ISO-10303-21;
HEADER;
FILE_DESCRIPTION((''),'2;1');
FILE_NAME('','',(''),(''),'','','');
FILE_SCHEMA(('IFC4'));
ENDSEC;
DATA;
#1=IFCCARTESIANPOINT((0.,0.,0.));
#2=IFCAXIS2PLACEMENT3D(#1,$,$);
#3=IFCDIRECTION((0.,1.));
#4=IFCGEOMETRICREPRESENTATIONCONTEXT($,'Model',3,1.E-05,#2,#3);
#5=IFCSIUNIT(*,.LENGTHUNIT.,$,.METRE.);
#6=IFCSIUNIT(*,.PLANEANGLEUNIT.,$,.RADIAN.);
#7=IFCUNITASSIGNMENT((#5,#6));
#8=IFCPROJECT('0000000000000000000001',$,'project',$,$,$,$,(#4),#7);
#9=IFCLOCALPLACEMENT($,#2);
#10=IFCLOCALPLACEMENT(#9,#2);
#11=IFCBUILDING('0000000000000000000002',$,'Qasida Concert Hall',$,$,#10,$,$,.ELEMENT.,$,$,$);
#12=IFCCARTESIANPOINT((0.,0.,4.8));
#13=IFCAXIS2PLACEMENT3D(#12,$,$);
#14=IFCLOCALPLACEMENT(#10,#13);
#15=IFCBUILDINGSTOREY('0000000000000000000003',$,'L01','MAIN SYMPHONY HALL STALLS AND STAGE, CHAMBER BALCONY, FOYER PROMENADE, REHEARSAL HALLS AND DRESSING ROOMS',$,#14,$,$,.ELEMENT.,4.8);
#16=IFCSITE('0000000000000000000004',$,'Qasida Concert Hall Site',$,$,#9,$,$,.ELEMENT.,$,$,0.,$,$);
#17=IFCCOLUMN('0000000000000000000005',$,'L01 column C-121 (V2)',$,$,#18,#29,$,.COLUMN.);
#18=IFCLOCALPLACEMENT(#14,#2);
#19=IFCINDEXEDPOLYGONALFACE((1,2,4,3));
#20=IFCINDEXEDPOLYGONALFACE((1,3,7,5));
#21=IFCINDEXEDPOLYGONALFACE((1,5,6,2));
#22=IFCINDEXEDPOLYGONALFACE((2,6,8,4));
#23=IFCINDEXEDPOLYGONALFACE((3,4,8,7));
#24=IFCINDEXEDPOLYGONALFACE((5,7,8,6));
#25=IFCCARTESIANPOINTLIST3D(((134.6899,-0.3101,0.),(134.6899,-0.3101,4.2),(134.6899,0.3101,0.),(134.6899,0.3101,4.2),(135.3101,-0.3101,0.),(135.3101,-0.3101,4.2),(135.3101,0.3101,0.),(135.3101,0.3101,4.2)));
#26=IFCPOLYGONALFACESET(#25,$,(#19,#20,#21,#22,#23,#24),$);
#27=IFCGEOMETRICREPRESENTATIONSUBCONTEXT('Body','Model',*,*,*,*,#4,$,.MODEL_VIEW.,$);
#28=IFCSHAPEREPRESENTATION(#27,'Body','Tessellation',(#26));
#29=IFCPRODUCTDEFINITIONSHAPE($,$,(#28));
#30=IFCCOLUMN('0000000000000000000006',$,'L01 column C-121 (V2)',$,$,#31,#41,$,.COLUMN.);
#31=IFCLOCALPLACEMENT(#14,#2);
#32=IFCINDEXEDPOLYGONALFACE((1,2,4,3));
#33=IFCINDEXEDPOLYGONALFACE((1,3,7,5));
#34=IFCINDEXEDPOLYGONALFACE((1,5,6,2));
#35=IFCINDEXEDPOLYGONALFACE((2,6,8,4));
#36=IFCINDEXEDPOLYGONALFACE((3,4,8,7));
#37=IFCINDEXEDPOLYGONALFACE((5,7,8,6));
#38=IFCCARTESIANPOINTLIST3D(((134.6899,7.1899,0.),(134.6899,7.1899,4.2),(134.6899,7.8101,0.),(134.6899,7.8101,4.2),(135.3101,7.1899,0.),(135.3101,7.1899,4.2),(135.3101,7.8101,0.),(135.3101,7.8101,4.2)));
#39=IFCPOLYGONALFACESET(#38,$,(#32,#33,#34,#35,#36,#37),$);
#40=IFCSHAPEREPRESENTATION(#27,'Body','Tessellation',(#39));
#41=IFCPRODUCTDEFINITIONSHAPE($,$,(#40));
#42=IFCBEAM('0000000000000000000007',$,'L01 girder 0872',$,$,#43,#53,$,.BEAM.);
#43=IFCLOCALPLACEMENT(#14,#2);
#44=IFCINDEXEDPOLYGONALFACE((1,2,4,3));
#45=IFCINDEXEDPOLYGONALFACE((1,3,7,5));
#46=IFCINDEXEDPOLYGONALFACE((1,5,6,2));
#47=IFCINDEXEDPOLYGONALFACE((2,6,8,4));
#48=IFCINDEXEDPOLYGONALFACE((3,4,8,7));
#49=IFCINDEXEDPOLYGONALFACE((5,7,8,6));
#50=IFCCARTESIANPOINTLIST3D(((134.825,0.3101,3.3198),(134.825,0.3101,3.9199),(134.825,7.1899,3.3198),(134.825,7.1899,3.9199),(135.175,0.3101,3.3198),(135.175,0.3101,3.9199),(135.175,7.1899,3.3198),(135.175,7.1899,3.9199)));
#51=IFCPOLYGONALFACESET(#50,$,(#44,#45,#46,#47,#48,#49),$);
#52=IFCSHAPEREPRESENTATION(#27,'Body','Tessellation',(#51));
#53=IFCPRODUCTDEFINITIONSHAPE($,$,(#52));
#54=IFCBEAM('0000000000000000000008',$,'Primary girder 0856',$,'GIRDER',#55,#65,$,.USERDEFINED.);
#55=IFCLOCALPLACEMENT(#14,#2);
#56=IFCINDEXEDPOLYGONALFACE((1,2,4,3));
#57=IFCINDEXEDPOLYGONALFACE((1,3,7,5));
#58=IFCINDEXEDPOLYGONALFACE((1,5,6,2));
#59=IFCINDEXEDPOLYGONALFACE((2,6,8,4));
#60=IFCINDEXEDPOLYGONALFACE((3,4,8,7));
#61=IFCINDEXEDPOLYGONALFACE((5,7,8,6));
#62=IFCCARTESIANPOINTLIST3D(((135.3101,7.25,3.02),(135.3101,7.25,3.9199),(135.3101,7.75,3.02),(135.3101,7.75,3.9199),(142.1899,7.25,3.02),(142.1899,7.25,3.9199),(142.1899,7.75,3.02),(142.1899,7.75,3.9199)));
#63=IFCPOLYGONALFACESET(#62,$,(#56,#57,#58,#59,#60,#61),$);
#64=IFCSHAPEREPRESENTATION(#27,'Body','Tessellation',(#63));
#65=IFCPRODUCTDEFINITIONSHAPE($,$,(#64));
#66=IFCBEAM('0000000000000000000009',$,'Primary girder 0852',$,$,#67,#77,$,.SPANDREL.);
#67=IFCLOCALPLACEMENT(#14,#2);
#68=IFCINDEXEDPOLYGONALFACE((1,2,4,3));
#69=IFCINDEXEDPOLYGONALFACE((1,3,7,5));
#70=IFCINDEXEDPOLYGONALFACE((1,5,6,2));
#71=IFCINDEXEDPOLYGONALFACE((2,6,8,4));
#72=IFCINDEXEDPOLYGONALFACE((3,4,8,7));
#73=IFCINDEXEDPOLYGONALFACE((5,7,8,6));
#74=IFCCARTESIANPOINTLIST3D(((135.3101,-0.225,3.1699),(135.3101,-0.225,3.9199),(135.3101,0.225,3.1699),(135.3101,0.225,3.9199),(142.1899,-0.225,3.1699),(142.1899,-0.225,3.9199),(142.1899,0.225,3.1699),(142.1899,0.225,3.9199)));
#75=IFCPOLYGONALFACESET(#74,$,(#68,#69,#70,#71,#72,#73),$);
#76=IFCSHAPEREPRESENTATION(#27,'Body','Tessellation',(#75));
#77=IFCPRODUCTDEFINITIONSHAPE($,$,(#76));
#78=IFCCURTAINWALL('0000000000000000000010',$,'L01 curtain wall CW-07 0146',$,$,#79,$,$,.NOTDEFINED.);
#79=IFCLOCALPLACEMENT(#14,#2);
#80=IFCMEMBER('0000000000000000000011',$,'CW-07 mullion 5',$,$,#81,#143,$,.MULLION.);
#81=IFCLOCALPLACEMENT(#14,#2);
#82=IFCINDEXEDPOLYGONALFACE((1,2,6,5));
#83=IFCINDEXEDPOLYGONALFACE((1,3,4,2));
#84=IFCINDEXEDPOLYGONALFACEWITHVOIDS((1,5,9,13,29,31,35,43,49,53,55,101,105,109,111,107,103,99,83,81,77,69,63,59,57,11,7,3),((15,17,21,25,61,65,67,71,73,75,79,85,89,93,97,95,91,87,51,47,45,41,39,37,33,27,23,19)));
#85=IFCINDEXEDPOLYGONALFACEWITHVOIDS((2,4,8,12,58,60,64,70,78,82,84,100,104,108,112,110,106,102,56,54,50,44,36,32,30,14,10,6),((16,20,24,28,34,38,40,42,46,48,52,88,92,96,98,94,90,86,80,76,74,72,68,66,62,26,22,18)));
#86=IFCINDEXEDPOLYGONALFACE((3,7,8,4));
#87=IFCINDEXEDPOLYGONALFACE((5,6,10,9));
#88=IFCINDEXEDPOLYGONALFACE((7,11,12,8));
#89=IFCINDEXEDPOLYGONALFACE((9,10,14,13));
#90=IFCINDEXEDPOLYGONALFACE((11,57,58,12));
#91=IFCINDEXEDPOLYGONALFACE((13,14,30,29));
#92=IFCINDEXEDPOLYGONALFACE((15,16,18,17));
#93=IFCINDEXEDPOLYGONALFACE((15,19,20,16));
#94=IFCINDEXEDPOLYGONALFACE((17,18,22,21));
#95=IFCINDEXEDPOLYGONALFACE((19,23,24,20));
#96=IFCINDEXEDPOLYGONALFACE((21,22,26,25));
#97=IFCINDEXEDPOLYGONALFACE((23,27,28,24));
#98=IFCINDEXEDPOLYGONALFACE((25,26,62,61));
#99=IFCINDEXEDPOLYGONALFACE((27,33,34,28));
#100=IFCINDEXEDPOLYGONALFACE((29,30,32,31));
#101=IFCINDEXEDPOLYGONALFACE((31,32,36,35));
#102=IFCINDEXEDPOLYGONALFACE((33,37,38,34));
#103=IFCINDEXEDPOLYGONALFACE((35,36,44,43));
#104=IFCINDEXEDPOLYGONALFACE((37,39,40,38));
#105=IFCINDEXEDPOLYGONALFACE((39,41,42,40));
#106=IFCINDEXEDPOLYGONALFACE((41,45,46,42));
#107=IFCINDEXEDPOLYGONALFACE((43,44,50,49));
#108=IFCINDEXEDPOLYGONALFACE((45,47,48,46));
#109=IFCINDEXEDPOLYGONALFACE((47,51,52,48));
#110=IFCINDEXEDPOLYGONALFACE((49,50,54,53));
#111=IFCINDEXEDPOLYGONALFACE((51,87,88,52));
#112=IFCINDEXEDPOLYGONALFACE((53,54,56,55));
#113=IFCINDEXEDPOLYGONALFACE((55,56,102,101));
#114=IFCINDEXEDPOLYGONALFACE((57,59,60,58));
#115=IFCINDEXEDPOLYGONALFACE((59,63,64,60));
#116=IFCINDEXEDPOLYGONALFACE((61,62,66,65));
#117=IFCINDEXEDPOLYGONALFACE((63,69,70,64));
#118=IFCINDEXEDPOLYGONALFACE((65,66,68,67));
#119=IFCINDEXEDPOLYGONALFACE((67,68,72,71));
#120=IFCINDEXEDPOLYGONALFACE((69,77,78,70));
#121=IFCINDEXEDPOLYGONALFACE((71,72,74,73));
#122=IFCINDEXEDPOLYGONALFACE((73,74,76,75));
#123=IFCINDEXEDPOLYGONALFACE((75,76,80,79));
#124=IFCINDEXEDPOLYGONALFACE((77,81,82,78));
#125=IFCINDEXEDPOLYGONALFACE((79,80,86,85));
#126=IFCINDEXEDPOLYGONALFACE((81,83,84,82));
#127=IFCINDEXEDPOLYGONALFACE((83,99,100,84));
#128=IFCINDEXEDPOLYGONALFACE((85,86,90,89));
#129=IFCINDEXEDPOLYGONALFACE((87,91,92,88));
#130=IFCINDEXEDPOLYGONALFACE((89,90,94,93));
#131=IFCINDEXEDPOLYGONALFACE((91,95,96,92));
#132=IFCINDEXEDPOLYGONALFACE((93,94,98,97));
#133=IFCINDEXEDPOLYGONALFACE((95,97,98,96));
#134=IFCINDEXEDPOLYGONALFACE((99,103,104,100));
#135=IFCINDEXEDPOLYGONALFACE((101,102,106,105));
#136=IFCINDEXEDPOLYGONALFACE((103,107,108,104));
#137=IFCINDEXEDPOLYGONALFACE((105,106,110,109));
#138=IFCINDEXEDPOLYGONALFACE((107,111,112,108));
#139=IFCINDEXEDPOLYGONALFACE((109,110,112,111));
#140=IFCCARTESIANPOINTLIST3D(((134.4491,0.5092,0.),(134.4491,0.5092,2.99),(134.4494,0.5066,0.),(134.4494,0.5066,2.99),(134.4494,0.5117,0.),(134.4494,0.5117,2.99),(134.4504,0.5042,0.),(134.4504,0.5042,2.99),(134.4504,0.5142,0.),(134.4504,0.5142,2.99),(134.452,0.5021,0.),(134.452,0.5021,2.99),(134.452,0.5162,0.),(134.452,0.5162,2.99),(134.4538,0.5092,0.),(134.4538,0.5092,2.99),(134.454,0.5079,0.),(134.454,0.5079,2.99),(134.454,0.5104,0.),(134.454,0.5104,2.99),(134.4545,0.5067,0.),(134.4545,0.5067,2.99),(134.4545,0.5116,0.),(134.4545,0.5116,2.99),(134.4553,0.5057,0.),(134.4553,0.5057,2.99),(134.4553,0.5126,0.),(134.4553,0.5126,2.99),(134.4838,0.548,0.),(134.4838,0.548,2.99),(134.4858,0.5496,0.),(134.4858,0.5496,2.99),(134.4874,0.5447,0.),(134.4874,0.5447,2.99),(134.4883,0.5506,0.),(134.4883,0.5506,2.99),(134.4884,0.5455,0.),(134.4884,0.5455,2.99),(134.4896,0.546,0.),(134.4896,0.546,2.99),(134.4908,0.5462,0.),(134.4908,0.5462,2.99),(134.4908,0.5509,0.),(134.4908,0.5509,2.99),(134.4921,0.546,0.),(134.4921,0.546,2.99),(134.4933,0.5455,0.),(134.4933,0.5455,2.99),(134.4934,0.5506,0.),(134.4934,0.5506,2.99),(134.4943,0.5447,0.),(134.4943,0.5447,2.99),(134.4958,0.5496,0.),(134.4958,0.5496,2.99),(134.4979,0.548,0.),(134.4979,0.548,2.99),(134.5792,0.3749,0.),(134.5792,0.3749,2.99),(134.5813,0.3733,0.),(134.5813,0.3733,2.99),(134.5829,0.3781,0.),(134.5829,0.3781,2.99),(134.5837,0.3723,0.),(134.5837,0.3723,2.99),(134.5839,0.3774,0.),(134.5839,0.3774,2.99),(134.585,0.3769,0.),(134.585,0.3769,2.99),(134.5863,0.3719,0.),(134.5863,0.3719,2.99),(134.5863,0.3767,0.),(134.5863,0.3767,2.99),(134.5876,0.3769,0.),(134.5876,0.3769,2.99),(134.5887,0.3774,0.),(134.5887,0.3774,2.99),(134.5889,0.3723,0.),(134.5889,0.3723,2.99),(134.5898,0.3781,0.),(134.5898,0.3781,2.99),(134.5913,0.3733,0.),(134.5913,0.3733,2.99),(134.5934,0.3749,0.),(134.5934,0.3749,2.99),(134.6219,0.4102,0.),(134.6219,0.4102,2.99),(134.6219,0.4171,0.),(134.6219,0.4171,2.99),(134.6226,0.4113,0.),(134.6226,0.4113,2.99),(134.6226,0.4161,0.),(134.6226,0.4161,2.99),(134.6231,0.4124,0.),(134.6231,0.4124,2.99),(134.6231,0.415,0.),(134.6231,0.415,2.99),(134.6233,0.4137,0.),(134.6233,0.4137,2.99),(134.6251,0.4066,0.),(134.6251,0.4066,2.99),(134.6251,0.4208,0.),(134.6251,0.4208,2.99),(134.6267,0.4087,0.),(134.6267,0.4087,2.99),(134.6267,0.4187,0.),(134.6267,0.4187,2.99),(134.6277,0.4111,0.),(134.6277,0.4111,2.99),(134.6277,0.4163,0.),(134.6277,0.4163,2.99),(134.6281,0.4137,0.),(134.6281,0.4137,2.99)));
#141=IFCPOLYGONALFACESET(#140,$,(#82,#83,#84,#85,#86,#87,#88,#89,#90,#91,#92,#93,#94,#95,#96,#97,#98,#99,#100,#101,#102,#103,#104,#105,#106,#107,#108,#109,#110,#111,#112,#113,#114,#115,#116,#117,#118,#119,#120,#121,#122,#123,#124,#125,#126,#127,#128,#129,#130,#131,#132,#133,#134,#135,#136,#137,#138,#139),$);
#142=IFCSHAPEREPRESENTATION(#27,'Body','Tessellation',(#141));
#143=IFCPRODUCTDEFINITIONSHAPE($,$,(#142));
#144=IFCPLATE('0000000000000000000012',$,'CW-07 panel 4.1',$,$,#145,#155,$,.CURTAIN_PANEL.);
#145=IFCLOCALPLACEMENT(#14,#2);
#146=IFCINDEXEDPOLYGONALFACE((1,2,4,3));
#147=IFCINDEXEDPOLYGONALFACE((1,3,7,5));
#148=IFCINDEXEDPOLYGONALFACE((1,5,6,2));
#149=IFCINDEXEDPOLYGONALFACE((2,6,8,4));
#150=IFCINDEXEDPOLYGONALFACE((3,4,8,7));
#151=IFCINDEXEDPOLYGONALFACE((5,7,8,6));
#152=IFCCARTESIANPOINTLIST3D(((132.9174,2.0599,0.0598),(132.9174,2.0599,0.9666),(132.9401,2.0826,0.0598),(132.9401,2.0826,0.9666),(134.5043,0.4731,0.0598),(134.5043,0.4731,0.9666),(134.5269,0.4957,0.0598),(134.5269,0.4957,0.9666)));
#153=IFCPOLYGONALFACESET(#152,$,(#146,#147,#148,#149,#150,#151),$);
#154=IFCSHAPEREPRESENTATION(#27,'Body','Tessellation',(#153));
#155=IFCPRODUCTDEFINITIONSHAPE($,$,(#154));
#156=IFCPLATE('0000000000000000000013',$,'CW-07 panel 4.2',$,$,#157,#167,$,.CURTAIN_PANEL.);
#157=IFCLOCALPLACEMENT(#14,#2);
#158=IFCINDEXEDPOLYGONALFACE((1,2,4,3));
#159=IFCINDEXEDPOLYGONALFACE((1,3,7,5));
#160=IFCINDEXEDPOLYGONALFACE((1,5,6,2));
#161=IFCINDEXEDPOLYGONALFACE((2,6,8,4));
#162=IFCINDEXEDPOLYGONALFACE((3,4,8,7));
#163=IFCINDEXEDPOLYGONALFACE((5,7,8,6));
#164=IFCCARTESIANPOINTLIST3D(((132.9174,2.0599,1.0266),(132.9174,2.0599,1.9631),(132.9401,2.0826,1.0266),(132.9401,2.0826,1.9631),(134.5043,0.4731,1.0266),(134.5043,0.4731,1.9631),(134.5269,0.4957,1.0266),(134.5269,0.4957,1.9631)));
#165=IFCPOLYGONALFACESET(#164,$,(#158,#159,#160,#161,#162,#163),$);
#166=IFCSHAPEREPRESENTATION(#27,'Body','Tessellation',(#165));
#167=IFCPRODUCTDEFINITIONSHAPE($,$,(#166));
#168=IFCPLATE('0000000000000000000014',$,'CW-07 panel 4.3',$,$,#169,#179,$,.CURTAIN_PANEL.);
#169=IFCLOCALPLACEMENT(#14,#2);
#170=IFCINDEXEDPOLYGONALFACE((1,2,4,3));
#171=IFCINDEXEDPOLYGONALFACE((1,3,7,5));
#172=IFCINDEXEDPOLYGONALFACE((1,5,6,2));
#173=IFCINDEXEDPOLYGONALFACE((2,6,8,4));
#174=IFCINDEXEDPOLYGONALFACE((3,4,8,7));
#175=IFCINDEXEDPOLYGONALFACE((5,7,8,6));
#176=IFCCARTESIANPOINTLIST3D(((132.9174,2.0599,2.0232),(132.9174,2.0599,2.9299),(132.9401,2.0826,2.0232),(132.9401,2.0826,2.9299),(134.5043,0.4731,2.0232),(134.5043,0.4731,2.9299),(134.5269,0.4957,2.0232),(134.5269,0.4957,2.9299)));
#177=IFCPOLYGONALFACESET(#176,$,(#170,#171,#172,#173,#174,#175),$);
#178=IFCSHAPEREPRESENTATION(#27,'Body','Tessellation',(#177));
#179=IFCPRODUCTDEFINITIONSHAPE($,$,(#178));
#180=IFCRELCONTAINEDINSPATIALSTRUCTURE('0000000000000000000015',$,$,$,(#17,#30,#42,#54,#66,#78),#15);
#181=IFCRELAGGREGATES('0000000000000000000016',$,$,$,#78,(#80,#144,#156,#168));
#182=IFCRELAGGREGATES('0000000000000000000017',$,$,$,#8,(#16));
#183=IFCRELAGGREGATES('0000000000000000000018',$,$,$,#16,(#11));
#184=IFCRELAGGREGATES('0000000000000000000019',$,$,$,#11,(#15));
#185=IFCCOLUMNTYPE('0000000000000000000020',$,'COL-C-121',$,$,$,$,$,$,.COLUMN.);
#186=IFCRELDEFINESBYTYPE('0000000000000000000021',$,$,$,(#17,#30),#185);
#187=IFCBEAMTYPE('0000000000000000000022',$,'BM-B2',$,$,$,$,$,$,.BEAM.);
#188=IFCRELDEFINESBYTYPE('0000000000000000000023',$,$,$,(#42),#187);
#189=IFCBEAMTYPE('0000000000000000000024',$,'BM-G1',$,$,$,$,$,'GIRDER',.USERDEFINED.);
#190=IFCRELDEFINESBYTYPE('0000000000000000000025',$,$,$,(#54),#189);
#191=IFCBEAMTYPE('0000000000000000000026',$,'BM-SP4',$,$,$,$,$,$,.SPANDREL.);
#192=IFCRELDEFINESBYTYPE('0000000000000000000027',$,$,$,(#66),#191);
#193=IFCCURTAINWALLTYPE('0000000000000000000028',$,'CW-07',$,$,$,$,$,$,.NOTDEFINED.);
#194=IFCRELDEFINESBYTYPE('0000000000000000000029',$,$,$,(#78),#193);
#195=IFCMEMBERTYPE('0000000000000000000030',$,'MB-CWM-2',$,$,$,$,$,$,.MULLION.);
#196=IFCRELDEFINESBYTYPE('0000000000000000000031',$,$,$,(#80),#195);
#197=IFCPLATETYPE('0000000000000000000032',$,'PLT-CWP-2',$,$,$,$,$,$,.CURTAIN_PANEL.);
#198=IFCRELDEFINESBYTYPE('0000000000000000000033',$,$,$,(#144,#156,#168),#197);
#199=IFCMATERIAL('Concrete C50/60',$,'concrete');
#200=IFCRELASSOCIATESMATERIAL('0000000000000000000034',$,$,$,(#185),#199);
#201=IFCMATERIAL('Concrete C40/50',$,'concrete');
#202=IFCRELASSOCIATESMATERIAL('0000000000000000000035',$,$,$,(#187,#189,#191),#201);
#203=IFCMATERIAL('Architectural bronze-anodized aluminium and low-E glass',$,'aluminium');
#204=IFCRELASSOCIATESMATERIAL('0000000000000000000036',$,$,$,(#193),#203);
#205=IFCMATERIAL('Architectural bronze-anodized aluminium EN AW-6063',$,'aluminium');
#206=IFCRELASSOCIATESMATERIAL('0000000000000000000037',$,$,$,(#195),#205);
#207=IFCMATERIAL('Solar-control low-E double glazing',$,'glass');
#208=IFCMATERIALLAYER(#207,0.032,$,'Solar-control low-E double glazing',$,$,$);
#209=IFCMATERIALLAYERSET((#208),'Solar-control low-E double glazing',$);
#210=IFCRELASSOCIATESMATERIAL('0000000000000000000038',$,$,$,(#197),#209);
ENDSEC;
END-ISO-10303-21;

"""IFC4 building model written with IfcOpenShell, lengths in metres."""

from ifc_helpers import new_model, si_unit, direction, frame, origin, origin_2d, place, context, subcontext, project, spatial, rectangle, hollow_rectangle, extrude, material, layer, layer_set, material_profile, profile_set, type_object, element, aggregate, save


model = new_model("IFC4")

# Units and contexts
model_context = context("Model", 3, precision=1e-05, world=origin(), true_north=direction((0.0, 1.0)))
body_context = subcontext(model_context, "Body", "Model", "MODEL_VIEW")
ifc_project = project(units=[si_unit("LENGTHUNIT", "METRE"), si_unit("PLANEANGLEUNIT", "RADIAN")], contexts=[model_context])

# Site, building, storey
site_placement = place(None, origin())
site = spatial("IfcSite", under=ifc_project, at=site_placement, Name="Qasida Concert Hall Site", CompositionType="ELEMENT", RefElevation=0.0)
building_placement = place(site_placement, origin())
building = spatial("IfcBuilding", under=site, at=building_placement, Name="Qasida Concert Hall", CompositionType="ELEMENT")
storey_placement = place(building_placement, frame((0.0, 0.0, 4.8)))
storey = spatial("IfcBuildingStorey", under=building, at=storey_placement, Name="L01", Description="MAIN SYMPHONY HALL STALLS AND STAGE, CHAMBER BALCONY, FOYER PROMENADE, REHEARSAL HALLS AND DRESSING ROOMS", CompositionType="ELEMENT", Elevation=4.8)

# Columns
ifc_material_1 = material(Name="Concrete C50/60", Category="concrete")
ifc_material_profile_1 = material_profile(ifc_material_1, rectangle(XDim=0.6201, YDim=0.6201, at=origin_2d()), Name="RC 620x620")
ifc_profile_set_1 = profile_set([ifc_material_profile_1], Name="Concrete C50/60")
column_type = type_object("IfcColumnType", Name="COL-C-121", PredefinedType="COLUMN", material=ifc_profile_set_1)
for number, where, z_axis, x_axis, name in (
    (1, (135.0, 0.0, 0.0), (0.0, 0.0, 1.0), (1.0, 0.0, 0.0), "L01 column C-121 (V2)"),
    (2, (135.0, 7.5, 0.0), (0.0, 0.0, 1.0), (1.0, 0.0, 0.0), "L01 column C-121 (V2)"),
):
    element("IfcColumn", number, at=place(storey_placement, frame(where, z_axis=z_axis, x_axis=x_axis)), inside=storey, type_object=column_type, Name=name, PredefinedType="COLUMN", context=body_context, shape_type="SweptSolid", body=[
        extrude(rectangle(XDim=0.6201, YDim=0.6201, at=origin_2d()), origin(), (0.0, 0.0, 1.0), 4.2),
    ])

# Beams
ifc_material_2 = material(Name="Concrete C40/50", Category="concrete")
ifc_material_profile_2 = material_profile(ifc_material_2, rectangle(XDim=0.3501, YDim=0.6001, at=origin_2d()), Name="RC 350x600")
ifc_profile_set_2 = profile_set([ifc_material_profile_2], Name="Concrete C40/50")
beam_type_1 = type_object("IfcBeamType", Name="BM-B2", PredefinedType="BEAM", material=ifc_profile_set_2)
beam_1_placement = place(storey_placement, frame((135.0, 0.3101, 3.6199), z_axis=(0.0, 1.0, 0.0), x_axis=(-1.0, 0.0, 0.0)))
element("IfcBeam", 3, at=beam_1_placement, inside=storey, type_object=beam_type_1, Name="L01 girder 0872", PredefinedType="BEAM", context=body_context, shape_type="SweptSolid", body=[
    extrude(rectangle(XDim=0.3501, YDim=0.6001, at=origin_2d()), origin(), (0.0, 0.0, 1.0), 6.8799),
])
ifc_material_profile_3 = material_profile(ifc_material_2, rectangle(XDim=0.5, YDim=0.8999, at=origin_2d()), Name="RC 500x900")
ifc_profile_set_3 = profile_set([ifc_material_profile_3], Name="Concrete C40/50")
beam_type_2 = type_object("IfcBeamType", Name="BM-G1", ElementType="GIRDER", PredefinedType="USERDEFINED", material=ifc_profile_set_3)
beam_2_placement = place(storey_placement, frame((135.3101, 7.5, 3.47), z_axis=(1.0, 0.0, 0.0), x_axis=(0.0, 1.0, 0.0)))
element("IfcBeam", 4, at=beam_2_placement, inside=storey, type_object=beam_type_2, Name="Primary girder 0856", ObjectType="GIRDER", PredefinedType="USERDEFINED", context=body_context, shape_type="SweptSolid", body=[
    extrude(rectangle(XDim=0.5, YDim=0.8999, at=origin_2d()), origin(), (0.0, 0.0, 1.0), 6.8799),
])
ifc_material_profile_4 = material_profile(ifc_material_2, rectangle(XDim=0.45, YDim=0.75, at=origin_2d()), Name="RC 450x750")
ifc_profile_set_4 = profile_set([ifc_material_profile_4], Name="Concrete C40/50")
beam_type_3 = type_object("IfcBeamType", Name="BM-SP4", PredefinedType="SPANDREL", material=ifc_profile_set_4)
beam_3_placement = place(storey_placement, frame((135.3101, 0.0, 3.5449), z_axis=(1.0, 0.0, 0.0), x_axis=(0.0, 1.0, 0.0)))
element("IfcBeam", 5, at=beam_3_placement, inside=storey, type_object=beam_type_3, Name="Primary girder 0852", PredefinedType="SPANDREL", context=body_context, shape_type="SweptSolid", body=[
    extrude(rectangle(XDim=0.45, YDim=0.75, at=origin_2d()), origin(), (0.0, 0.0, 1.0), 6.8799),
])

# Curtain wall, member, plates
ifc_material_3 = material(Name="Architectural bronze-anodized aluminium and low-E glass", Category="aluminium")
curtain_wall_type = type_object("IfcCurtainWallType", Name="CW-07", PredefinedType="NOTDEFINED", material=ifc_material_3)
curtain_wall_placement = place(storey_placement, origin())
curtain_wall = element("IfcCurtainWall", 6, at=curtain_wall_placement, inside=storey, type_object=curtain_wall_type, Name="L01 curtain wall CW-07 0146", PredefinedType="NOTDEFINED")
ifc_material_4 = material(Name="Architectural bronze-anodized aluminium EN AW-6063", Category="aluminium")
ifc_material_profile_5 = material_profile(ifc_material_4, hollow_rectangle(XDim=0.0649, YDim=0.2, WallThickness=0.0049, InnerFilletRadius=0.0049, OuterFilletRadius=0.01, at=origin_2d()), Name="CWM 200x65x5")
ifc_profile_set_5 = profile_set([ifc_material_profile_5], Name="Architectural bronze-anodized aluminium EN AW-6063")
member_type = type_object("IfcMemberType", Name="MB-CWM-2", PredefinedType="MULLION", material=ifc_profile_set_5)
member_placement = place(storey_placement, frame((134.5386, 0.4614, 0.0), z_axis=(0.0, 0.0, 1.0), x_axis=(0.707107, 0.707107, 0.0)))
member = element("IfcMember", 7, at=member_placement, type_object=member_type, Name="CW-07 mullion 5", PredefinedType="MULLION", context=body_context, shape_type="SweptSolid", body=[
    extrude(hollow_rectangle(XDim=0.0649, YDim=0.2, WallThickness=0.0049, InnerFilletRadius=0.0049, OuterFilletRadius=0.01, at=origin_2d()), origin(), (0.0, 0.0, 1.0), 2.99),
])
ifc_material_5 = material(Name="Solar-control low-E double glazing", Category="glass")
ifc_layer_1 = layer(ifc_material_5, 0.032, Name="Solar-control low-E double glazing")
ifc_layer_set_1 = layer_set([ifc_layer_1], Name="Solar-control low-E double glazing")
plate_type = type_object("IfcPlateType", Name="PLT-CWP-2", PredefinedType="CURTAIN_PANEL", material=ifc_layer_set_1)
plate_1_placement = place(storey_placement, frame((133.7222, 1.2778, 0.0598), z_axis=(0.0, 0.0, 1.0), x_axis=(0.707107, -0.707107, 0.0)))
plate_1 = element("IfcPlate", 8, at=plate_1_placement, type_object=plate_type, Name="CW-07 panel 4.1", PredefinedType="CURTAIN_PANEL", context=body_context, shape_type="SweptSolid", body=[
    extrude(rectangle(XDim=2.2441, YDim=0.032, at=origin_2d()), origin(), (0.0, 0.0, 1.0), 0.9067),
])
plate_2_placement = place(storey_placement, frame((133.7222, 1.2778, 1.0266), z_axis=(0.0, 0.0, 1.0), x_axis=(0.707107, -0.707107, 0.0)))
plate_2 = element("IfcPlate", 9, at=plate_2_placement, type_object=plate_type, Name="CW-07 panel 4.2", PredefinedType="CURTAIN_PANEL", context=body_context, shape_type="SweptSolid", body=[
    extrude(rectangle(XDim=2.2441, YDim=0.032, at=origin_2d()), origin(), (0.0, 0.0, 1.0), 0.9365),
])
plate_3_placement = place(storey_placement, frame((133.7222, 1.2778, 2.0232), z_axis=(0.0, 0.0, 1.0), x_axis=(0.707107, -0.707107, 0.0)))
plate_3 = element("IfcPlate", 10, at=plate_3_placement, type_object=plate_type, Name="CW-07 panel 4.3", PredefinedType="CURTAIN_PANEL", context=body_context, shape_type="SweptSolid", body=[
    extrude(rectangle(XDim=2.2441, YDim=0.032, at=origin_2d()), origin(), (0.0, 0.0, 1.0), 0.9067),
])
aggregate(curtain_wall, [member, plate_1, plate_2, plate_3])

save(model, "model.ifc")
